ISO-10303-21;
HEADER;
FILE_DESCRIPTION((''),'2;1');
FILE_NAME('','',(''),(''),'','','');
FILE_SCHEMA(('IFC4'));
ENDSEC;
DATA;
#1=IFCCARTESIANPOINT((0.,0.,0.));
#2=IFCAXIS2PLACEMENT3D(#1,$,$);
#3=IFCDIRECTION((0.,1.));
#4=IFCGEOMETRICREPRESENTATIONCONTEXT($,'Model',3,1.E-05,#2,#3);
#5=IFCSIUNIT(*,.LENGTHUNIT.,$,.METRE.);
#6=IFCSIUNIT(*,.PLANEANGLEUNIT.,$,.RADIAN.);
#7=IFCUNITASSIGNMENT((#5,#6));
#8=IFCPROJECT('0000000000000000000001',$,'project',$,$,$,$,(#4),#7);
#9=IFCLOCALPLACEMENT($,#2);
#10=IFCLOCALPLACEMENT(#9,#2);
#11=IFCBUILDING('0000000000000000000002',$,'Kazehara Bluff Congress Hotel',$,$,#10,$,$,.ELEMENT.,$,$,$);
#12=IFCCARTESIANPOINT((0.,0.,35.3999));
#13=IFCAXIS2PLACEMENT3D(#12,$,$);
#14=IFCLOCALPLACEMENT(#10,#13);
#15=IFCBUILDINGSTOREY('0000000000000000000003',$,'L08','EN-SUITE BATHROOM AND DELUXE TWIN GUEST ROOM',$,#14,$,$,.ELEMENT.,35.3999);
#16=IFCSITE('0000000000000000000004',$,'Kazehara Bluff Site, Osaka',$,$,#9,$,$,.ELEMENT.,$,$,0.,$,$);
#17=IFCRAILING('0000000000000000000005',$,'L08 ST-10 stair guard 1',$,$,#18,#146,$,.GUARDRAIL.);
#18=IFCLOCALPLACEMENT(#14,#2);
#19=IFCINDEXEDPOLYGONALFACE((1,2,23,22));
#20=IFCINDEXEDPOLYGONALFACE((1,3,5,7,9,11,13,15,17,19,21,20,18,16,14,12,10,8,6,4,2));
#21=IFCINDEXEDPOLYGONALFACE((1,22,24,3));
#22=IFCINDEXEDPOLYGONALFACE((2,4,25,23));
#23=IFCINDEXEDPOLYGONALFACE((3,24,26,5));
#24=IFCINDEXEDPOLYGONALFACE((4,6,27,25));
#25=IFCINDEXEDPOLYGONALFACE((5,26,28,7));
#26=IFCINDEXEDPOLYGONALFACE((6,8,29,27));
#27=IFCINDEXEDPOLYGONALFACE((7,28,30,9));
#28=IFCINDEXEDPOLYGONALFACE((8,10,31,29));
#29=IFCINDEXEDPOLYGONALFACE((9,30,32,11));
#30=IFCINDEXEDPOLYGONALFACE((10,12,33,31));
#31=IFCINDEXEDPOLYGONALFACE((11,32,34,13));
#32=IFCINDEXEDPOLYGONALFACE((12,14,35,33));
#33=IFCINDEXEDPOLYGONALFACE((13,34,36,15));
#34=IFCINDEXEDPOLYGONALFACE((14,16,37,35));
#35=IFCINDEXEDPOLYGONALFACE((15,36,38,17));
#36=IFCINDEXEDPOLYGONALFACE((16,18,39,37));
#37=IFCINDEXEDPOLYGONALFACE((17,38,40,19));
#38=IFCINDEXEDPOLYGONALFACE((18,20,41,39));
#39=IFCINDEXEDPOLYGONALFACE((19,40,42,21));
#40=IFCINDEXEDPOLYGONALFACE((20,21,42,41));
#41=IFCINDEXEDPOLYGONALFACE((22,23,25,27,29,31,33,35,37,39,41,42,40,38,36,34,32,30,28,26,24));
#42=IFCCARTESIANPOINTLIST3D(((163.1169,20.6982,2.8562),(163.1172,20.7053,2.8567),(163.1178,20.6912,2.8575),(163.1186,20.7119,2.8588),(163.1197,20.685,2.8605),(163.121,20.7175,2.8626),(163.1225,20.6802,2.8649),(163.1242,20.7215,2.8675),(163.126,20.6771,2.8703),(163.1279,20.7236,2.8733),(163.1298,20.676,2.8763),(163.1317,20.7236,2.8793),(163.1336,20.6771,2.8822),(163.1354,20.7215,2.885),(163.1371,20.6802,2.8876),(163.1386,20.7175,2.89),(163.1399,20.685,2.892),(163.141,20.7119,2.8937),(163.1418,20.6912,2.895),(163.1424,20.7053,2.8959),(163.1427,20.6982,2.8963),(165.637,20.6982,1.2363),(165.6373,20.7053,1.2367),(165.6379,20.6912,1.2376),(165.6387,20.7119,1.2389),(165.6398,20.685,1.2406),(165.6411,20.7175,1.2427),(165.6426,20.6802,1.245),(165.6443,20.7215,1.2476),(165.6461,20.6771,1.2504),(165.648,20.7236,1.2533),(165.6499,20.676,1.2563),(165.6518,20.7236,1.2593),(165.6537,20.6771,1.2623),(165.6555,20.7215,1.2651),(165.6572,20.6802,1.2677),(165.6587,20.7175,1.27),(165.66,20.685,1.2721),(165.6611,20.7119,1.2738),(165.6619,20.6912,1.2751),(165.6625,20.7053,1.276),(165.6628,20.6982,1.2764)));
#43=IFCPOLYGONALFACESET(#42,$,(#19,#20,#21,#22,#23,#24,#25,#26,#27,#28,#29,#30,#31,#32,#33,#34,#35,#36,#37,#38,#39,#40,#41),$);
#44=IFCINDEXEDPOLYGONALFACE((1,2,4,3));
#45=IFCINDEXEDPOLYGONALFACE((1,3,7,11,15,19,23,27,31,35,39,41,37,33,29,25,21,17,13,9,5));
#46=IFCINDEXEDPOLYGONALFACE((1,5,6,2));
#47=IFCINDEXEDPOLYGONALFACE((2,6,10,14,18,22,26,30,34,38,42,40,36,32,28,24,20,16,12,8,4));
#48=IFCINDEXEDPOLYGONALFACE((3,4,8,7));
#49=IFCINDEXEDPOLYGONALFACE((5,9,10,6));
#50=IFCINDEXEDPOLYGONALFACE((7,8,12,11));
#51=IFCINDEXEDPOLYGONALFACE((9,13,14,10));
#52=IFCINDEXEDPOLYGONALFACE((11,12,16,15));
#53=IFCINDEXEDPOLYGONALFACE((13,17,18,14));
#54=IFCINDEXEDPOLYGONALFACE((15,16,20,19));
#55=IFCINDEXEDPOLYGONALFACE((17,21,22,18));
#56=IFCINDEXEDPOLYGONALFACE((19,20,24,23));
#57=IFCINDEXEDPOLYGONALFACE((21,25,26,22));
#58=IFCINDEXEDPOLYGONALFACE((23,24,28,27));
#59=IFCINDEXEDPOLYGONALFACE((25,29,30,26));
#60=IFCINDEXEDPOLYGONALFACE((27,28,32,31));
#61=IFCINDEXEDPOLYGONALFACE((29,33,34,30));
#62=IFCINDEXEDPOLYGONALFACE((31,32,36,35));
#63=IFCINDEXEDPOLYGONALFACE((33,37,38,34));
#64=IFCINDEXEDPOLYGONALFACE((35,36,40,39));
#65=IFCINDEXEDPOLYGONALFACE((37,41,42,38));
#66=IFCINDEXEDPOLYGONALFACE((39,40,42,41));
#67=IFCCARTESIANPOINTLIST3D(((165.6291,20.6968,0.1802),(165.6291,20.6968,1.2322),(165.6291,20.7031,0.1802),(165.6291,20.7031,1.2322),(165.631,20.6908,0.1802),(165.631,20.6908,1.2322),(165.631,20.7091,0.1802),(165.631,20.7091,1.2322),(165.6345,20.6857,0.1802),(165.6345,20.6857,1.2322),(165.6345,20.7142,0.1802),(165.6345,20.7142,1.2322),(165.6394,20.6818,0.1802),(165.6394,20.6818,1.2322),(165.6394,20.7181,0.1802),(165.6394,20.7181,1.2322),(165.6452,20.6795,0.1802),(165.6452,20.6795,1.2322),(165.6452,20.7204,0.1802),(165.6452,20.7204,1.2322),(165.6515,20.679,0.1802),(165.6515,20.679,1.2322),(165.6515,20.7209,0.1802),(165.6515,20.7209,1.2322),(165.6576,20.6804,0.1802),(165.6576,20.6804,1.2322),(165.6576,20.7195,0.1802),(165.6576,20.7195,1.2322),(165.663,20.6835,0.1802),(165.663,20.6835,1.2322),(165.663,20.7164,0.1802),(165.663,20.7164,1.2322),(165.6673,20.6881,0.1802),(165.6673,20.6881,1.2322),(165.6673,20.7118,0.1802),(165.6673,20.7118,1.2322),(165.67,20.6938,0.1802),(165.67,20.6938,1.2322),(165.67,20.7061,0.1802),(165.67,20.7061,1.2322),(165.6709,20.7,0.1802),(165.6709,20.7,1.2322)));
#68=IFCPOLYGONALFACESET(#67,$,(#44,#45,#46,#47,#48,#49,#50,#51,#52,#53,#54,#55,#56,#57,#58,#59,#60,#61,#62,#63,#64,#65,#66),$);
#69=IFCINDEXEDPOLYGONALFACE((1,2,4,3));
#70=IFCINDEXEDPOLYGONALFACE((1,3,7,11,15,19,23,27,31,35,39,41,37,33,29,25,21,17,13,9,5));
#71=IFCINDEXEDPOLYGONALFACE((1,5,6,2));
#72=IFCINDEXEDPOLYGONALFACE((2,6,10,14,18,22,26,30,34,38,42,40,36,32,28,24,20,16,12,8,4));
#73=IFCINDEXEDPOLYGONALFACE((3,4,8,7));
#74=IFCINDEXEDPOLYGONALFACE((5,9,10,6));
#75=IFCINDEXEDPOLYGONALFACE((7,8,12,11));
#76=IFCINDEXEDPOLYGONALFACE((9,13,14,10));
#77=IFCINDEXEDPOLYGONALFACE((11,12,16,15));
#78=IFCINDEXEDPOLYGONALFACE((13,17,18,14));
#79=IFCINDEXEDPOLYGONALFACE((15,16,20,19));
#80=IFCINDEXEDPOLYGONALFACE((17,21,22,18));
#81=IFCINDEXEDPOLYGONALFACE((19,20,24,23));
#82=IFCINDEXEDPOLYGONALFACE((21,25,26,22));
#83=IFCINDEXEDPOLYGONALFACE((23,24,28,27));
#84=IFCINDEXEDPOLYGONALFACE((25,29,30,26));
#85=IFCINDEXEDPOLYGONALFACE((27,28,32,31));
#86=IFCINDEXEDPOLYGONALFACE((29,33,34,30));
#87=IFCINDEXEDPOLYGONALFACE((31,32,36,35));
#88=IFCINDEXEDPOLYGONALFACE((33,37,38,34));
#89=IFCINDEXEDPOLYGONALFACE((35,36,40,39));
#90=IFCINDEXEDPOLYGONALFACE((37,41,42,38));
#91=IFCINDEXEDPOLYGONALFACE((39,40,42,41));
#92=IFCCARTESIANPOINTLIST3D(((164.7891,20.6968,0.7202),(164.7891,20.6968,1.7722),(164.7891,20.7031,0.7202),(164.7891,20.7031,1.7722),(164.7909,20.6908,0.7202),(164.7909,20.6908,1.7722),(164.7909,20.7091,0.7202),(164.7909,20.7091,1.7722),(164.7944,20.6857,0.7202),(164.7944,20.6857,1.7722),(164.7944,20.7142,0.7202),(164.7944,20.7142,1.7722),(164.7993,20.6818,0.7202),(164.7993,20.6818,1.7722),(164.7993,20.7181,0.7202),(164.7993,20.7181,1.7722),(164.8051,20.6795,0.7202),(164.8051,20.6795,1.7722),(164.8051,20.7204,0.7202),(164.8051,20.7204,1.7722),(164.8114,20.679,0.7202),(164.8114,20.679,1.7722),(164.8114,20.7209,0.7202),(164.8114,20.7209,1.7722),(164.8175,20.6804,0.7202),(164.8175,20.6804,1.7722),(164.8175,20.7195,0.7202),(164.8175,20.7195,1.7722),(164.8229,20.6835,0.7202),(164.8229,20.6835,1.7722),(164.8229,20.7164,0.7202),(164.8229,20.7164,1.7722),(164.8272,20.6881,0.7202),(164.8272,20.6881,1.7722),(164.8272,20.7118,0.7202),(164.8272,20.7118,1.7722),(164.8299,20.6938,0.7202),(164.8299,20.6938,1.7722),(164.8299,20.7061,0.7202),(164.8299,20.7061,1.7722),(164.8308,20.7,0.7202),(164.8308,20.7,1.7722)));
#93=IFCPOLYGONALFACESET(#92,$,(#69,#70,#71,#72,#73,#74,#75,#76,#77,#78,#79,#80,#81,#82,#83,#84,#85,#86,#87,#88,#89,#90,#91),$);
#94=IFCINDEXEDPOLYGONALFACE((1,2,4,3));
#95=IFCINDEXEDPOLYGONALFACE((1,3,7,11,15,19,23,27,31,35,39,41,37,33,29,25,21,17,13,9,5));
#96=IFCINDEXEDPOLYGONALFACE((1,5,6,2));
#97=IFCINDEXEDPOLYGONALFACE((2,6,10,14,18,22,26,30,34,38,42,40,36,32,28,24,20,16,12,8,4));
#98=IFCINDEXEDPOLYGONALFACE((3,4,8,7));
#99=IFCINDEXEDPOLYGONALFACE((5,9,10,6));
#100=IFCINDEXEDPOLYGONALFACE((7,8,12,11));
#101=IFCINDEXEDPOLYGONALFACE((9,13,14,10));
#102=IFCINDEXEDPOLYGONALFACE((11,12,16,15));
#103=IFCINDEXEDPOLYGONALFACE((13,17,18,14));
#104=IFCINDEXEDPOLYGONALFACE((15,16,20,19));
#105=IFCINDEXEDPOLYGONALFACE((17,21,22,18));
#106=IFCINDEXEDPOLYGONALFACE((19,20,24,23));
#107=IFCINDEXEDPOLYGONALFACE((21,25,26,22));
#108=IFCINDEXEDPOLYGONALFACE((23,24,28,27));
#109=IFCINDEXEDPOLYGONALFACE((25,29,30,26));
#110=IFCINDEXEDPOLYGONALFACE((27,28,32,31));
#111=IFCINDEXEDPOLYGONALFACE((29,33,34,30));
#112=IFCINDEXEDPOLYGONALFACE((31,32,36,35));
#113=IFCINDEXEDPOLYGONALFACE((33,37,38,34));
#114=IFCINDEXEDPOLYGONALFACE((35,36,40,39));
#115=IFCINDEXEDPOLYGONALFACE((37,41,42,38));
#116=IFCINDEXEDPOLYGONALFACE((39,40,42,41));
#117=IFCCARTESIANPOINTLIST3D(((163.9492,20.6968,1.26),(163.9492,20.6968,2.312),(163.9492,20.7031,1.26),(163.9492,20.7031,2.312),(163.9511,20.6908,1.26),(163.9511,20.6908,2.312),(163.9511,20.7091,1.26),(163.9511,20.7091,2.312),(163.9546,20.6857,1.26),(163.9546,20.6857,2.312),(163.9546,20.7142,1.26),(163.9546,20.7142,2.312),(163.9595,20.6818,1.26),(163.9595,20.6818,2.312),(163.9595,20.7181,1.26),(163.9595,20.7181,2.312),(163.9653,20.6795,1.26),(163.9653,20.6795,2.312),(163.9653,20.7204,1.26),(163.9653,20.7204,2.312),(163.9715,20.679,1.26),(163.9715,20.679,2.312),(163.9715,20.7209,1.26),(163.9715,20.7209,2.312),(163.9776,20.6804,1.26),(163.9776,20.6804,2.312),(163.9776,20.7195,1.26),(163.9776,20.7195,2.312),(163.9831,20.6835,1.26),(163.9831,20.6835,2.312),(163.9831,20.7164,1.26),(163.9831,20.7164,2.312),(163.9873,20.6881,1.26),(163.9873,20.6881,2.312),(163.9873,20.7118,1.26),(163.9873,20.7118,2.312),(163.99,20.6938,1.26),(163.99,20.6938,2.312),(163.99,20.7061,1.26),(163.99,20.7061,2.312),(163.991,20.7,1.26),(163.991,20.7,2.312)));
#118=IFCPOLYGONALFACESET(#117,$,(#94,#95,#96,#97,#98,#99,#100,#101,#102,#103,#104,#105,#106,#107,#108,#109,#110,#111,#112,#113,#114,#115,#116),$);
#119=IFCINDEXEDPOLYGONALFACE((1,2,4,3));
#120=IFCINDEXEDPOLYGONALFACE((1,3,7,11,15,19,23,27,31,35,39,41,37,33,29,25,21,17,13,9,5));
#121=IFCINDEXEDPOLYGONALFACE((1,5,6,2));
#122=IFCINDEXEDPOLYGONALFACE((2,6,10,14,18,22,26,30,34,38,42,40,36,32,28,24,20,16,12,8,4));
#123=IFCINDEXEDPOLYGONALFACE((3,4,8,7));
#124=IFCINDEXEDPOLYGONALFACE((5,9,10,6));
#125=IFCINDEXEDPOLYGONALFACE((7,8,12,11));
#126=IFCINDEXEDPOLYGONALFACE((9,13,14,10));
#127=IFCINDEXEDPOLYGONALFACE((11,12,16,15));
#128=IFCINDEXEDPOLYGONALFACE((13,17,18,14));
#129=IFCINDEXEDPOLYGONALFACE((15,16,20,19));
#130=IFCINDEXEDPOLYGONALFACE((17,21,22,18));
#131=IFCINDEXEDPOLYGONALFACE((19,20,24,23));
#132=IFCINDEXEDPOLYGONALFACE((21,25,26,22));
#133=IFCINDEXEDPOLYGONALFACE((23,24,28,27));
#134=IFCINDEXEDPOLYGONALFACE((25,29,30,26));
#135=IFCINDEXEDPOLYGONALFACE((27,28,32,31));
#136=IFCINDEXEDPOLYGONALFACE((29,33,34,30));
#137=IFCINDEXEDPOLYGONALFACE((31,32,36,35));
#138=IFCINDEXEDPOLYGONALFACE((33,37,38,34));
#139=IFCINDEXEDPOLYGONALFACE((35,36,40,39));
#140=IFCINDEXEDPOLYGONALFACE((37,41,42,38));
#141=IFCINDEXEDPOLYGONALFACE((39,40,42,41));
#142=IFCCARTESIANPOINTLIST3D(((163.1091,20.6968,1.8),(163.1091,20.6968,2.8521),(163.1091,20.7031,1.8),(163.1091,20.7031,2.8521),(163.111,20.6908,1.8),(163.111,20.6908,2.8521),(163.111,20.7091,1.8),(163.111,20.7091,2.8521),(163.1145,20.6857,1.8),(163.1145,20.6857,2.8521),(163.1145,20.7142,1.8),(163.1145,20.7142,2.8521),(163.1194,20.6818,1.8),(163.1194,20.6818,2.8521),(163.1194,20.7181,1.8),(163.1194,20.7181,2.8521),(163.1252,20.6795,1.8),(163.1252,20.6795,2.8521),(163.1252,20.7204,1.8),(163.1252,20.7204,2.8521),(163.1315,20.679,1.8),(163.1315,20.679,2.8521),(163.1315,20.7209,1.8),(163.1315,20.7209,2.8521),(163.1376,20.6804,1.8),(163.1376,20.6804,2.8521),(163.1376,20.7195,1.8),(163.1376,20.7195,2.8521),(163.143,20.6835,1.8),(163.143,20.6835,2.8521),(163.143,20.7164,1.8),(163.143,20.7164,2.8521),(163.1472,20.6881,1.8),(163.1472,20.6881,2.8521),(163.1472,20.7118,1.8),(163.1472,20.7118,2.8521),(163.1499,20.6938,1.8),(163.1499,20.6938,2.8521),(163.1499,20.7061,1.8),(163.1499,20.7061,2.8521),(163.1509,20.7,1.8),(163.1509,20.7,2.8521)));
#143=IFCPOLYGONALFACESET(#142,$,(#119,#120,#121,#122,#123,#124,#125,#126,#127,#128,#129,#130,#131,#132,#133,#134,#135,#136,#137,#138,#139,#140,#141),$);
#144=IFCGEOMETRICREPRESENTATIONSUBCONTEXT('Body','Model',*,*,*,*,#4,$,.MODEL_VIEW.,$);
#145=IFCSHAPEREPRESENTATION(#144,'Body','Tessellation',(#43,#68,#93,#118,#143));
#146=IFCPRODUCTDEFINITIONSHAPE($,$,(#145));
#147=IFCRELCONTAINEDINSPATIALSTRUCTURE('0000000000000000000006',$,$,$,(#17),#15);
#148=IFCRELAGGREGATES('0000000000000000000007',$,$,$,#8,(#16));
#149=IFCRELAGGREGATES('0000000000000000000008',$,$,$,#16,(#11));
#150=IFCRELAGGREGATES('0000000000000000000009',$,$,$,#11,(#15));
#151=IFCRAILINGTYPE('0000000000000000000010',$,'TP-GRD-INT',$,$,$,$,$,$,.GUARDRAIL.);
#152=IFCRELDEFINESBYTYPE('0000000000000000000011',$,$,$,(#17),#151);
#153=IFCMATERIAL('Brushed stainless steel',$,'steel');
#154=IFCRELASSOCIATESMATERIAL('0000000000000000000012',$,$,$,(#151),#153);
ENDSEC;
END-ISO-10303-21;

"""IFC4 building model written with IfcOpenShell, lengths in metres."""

from ifc_helpers import new_model, si_unit, direction, frame, origin, origin_2d, place, context, subcontext, project, spatial, circle, extrude, material, type_object, element, save


model = new_model("IFC4")

# Units and contexts
model_context = context("Model", 3, precision=1e-05, world=origin(), true_north=direction((0.0, 1.0)))
body_context = subcontext(model_context, "Body", "Model", "MODEL_VIEW")
ifc_project = project(units=[si_unit("LENGTHUNIT", "METRE"), si_unit("PLANEANGLEUNIT", "RADIAN")], contexts=[model_context])

# Site, building, storey
site_placement = place(None, origin())
site = spatial("IfcSite", under=ifc_project, at=site_placement, Name="Kazehara Bluff Site, Osaka", CompositionType="ELEMENT", RefElevation=0.0)
building_placement = place(site_placement, origin())
building = spatial("IfcBuilding", under=site, at=building_placement, Name="Kazehara Bluff Congress Hotel", CompositionType="ELEMENT")
storey_placement = place(building_placement, frame((0.0, 0.0, 35.3999)))
storey = spatial("IfcBuildingStorey", under=building, at=storey_placement, Name="L08", Description="EN-SUITE BATHROOM AND DELUXE TWIN GUEST ROOM", CompositionType="ELEMENT", Elevation=35.3999)

# Railing
ifc_material_1 = material(Name="Brushed stainless steel", Category="steel")
railing_type_1 = type_object("IfcRailingType", Name="TP-GRD-INT", PredefinedType="GUARDRAIL", material=ifc_material_1)
railing_1_placement = place(storey_placement, frame((165.6499, 20.7, 0.1802)))
element("IfcRailing", 1, at=railing_1_placement, inside=storey, type_object=railing_type_1, Name="L08 ST-10 stair guard 1", PredefinedType="GUARDRAIL", context=body_context, shape_type="SweptSolid", body=[
    extrude(circle(Radius=0.0239, at=origin_2d()), frame((0.0, 0.0, 1.0762), z_axis=(-0.8412, 0.0, 0.540725), x_axis=(0.0, -1.0, 0.0)), (0.0, 0.0, 1.0), 2.9958),
    extrude(circle(Radius=0.021, at=origin_2d()), origin(), (0.0, 0.0, 1.0), 1.052),
    extrude(circle(Radius=0.021, at=origin_2d()), frame((-0.8401, 0.0, 0.54)), (0.0, 0.0, 1.0), 1.052),
    extrude(circle(Radius=0.021, at=origin_2d()), frame((-1.6799, 0.0, 1.0798)), (0.0, 0.0, 1.0), 1.052),
    extrude(circle(Radius=0.021, at=origin_2d()), frame((-2.52, 0.0, 1.6199)), (0.0, 0.0, 1.0), 1.052),
])

save(model, "model.ifc")
